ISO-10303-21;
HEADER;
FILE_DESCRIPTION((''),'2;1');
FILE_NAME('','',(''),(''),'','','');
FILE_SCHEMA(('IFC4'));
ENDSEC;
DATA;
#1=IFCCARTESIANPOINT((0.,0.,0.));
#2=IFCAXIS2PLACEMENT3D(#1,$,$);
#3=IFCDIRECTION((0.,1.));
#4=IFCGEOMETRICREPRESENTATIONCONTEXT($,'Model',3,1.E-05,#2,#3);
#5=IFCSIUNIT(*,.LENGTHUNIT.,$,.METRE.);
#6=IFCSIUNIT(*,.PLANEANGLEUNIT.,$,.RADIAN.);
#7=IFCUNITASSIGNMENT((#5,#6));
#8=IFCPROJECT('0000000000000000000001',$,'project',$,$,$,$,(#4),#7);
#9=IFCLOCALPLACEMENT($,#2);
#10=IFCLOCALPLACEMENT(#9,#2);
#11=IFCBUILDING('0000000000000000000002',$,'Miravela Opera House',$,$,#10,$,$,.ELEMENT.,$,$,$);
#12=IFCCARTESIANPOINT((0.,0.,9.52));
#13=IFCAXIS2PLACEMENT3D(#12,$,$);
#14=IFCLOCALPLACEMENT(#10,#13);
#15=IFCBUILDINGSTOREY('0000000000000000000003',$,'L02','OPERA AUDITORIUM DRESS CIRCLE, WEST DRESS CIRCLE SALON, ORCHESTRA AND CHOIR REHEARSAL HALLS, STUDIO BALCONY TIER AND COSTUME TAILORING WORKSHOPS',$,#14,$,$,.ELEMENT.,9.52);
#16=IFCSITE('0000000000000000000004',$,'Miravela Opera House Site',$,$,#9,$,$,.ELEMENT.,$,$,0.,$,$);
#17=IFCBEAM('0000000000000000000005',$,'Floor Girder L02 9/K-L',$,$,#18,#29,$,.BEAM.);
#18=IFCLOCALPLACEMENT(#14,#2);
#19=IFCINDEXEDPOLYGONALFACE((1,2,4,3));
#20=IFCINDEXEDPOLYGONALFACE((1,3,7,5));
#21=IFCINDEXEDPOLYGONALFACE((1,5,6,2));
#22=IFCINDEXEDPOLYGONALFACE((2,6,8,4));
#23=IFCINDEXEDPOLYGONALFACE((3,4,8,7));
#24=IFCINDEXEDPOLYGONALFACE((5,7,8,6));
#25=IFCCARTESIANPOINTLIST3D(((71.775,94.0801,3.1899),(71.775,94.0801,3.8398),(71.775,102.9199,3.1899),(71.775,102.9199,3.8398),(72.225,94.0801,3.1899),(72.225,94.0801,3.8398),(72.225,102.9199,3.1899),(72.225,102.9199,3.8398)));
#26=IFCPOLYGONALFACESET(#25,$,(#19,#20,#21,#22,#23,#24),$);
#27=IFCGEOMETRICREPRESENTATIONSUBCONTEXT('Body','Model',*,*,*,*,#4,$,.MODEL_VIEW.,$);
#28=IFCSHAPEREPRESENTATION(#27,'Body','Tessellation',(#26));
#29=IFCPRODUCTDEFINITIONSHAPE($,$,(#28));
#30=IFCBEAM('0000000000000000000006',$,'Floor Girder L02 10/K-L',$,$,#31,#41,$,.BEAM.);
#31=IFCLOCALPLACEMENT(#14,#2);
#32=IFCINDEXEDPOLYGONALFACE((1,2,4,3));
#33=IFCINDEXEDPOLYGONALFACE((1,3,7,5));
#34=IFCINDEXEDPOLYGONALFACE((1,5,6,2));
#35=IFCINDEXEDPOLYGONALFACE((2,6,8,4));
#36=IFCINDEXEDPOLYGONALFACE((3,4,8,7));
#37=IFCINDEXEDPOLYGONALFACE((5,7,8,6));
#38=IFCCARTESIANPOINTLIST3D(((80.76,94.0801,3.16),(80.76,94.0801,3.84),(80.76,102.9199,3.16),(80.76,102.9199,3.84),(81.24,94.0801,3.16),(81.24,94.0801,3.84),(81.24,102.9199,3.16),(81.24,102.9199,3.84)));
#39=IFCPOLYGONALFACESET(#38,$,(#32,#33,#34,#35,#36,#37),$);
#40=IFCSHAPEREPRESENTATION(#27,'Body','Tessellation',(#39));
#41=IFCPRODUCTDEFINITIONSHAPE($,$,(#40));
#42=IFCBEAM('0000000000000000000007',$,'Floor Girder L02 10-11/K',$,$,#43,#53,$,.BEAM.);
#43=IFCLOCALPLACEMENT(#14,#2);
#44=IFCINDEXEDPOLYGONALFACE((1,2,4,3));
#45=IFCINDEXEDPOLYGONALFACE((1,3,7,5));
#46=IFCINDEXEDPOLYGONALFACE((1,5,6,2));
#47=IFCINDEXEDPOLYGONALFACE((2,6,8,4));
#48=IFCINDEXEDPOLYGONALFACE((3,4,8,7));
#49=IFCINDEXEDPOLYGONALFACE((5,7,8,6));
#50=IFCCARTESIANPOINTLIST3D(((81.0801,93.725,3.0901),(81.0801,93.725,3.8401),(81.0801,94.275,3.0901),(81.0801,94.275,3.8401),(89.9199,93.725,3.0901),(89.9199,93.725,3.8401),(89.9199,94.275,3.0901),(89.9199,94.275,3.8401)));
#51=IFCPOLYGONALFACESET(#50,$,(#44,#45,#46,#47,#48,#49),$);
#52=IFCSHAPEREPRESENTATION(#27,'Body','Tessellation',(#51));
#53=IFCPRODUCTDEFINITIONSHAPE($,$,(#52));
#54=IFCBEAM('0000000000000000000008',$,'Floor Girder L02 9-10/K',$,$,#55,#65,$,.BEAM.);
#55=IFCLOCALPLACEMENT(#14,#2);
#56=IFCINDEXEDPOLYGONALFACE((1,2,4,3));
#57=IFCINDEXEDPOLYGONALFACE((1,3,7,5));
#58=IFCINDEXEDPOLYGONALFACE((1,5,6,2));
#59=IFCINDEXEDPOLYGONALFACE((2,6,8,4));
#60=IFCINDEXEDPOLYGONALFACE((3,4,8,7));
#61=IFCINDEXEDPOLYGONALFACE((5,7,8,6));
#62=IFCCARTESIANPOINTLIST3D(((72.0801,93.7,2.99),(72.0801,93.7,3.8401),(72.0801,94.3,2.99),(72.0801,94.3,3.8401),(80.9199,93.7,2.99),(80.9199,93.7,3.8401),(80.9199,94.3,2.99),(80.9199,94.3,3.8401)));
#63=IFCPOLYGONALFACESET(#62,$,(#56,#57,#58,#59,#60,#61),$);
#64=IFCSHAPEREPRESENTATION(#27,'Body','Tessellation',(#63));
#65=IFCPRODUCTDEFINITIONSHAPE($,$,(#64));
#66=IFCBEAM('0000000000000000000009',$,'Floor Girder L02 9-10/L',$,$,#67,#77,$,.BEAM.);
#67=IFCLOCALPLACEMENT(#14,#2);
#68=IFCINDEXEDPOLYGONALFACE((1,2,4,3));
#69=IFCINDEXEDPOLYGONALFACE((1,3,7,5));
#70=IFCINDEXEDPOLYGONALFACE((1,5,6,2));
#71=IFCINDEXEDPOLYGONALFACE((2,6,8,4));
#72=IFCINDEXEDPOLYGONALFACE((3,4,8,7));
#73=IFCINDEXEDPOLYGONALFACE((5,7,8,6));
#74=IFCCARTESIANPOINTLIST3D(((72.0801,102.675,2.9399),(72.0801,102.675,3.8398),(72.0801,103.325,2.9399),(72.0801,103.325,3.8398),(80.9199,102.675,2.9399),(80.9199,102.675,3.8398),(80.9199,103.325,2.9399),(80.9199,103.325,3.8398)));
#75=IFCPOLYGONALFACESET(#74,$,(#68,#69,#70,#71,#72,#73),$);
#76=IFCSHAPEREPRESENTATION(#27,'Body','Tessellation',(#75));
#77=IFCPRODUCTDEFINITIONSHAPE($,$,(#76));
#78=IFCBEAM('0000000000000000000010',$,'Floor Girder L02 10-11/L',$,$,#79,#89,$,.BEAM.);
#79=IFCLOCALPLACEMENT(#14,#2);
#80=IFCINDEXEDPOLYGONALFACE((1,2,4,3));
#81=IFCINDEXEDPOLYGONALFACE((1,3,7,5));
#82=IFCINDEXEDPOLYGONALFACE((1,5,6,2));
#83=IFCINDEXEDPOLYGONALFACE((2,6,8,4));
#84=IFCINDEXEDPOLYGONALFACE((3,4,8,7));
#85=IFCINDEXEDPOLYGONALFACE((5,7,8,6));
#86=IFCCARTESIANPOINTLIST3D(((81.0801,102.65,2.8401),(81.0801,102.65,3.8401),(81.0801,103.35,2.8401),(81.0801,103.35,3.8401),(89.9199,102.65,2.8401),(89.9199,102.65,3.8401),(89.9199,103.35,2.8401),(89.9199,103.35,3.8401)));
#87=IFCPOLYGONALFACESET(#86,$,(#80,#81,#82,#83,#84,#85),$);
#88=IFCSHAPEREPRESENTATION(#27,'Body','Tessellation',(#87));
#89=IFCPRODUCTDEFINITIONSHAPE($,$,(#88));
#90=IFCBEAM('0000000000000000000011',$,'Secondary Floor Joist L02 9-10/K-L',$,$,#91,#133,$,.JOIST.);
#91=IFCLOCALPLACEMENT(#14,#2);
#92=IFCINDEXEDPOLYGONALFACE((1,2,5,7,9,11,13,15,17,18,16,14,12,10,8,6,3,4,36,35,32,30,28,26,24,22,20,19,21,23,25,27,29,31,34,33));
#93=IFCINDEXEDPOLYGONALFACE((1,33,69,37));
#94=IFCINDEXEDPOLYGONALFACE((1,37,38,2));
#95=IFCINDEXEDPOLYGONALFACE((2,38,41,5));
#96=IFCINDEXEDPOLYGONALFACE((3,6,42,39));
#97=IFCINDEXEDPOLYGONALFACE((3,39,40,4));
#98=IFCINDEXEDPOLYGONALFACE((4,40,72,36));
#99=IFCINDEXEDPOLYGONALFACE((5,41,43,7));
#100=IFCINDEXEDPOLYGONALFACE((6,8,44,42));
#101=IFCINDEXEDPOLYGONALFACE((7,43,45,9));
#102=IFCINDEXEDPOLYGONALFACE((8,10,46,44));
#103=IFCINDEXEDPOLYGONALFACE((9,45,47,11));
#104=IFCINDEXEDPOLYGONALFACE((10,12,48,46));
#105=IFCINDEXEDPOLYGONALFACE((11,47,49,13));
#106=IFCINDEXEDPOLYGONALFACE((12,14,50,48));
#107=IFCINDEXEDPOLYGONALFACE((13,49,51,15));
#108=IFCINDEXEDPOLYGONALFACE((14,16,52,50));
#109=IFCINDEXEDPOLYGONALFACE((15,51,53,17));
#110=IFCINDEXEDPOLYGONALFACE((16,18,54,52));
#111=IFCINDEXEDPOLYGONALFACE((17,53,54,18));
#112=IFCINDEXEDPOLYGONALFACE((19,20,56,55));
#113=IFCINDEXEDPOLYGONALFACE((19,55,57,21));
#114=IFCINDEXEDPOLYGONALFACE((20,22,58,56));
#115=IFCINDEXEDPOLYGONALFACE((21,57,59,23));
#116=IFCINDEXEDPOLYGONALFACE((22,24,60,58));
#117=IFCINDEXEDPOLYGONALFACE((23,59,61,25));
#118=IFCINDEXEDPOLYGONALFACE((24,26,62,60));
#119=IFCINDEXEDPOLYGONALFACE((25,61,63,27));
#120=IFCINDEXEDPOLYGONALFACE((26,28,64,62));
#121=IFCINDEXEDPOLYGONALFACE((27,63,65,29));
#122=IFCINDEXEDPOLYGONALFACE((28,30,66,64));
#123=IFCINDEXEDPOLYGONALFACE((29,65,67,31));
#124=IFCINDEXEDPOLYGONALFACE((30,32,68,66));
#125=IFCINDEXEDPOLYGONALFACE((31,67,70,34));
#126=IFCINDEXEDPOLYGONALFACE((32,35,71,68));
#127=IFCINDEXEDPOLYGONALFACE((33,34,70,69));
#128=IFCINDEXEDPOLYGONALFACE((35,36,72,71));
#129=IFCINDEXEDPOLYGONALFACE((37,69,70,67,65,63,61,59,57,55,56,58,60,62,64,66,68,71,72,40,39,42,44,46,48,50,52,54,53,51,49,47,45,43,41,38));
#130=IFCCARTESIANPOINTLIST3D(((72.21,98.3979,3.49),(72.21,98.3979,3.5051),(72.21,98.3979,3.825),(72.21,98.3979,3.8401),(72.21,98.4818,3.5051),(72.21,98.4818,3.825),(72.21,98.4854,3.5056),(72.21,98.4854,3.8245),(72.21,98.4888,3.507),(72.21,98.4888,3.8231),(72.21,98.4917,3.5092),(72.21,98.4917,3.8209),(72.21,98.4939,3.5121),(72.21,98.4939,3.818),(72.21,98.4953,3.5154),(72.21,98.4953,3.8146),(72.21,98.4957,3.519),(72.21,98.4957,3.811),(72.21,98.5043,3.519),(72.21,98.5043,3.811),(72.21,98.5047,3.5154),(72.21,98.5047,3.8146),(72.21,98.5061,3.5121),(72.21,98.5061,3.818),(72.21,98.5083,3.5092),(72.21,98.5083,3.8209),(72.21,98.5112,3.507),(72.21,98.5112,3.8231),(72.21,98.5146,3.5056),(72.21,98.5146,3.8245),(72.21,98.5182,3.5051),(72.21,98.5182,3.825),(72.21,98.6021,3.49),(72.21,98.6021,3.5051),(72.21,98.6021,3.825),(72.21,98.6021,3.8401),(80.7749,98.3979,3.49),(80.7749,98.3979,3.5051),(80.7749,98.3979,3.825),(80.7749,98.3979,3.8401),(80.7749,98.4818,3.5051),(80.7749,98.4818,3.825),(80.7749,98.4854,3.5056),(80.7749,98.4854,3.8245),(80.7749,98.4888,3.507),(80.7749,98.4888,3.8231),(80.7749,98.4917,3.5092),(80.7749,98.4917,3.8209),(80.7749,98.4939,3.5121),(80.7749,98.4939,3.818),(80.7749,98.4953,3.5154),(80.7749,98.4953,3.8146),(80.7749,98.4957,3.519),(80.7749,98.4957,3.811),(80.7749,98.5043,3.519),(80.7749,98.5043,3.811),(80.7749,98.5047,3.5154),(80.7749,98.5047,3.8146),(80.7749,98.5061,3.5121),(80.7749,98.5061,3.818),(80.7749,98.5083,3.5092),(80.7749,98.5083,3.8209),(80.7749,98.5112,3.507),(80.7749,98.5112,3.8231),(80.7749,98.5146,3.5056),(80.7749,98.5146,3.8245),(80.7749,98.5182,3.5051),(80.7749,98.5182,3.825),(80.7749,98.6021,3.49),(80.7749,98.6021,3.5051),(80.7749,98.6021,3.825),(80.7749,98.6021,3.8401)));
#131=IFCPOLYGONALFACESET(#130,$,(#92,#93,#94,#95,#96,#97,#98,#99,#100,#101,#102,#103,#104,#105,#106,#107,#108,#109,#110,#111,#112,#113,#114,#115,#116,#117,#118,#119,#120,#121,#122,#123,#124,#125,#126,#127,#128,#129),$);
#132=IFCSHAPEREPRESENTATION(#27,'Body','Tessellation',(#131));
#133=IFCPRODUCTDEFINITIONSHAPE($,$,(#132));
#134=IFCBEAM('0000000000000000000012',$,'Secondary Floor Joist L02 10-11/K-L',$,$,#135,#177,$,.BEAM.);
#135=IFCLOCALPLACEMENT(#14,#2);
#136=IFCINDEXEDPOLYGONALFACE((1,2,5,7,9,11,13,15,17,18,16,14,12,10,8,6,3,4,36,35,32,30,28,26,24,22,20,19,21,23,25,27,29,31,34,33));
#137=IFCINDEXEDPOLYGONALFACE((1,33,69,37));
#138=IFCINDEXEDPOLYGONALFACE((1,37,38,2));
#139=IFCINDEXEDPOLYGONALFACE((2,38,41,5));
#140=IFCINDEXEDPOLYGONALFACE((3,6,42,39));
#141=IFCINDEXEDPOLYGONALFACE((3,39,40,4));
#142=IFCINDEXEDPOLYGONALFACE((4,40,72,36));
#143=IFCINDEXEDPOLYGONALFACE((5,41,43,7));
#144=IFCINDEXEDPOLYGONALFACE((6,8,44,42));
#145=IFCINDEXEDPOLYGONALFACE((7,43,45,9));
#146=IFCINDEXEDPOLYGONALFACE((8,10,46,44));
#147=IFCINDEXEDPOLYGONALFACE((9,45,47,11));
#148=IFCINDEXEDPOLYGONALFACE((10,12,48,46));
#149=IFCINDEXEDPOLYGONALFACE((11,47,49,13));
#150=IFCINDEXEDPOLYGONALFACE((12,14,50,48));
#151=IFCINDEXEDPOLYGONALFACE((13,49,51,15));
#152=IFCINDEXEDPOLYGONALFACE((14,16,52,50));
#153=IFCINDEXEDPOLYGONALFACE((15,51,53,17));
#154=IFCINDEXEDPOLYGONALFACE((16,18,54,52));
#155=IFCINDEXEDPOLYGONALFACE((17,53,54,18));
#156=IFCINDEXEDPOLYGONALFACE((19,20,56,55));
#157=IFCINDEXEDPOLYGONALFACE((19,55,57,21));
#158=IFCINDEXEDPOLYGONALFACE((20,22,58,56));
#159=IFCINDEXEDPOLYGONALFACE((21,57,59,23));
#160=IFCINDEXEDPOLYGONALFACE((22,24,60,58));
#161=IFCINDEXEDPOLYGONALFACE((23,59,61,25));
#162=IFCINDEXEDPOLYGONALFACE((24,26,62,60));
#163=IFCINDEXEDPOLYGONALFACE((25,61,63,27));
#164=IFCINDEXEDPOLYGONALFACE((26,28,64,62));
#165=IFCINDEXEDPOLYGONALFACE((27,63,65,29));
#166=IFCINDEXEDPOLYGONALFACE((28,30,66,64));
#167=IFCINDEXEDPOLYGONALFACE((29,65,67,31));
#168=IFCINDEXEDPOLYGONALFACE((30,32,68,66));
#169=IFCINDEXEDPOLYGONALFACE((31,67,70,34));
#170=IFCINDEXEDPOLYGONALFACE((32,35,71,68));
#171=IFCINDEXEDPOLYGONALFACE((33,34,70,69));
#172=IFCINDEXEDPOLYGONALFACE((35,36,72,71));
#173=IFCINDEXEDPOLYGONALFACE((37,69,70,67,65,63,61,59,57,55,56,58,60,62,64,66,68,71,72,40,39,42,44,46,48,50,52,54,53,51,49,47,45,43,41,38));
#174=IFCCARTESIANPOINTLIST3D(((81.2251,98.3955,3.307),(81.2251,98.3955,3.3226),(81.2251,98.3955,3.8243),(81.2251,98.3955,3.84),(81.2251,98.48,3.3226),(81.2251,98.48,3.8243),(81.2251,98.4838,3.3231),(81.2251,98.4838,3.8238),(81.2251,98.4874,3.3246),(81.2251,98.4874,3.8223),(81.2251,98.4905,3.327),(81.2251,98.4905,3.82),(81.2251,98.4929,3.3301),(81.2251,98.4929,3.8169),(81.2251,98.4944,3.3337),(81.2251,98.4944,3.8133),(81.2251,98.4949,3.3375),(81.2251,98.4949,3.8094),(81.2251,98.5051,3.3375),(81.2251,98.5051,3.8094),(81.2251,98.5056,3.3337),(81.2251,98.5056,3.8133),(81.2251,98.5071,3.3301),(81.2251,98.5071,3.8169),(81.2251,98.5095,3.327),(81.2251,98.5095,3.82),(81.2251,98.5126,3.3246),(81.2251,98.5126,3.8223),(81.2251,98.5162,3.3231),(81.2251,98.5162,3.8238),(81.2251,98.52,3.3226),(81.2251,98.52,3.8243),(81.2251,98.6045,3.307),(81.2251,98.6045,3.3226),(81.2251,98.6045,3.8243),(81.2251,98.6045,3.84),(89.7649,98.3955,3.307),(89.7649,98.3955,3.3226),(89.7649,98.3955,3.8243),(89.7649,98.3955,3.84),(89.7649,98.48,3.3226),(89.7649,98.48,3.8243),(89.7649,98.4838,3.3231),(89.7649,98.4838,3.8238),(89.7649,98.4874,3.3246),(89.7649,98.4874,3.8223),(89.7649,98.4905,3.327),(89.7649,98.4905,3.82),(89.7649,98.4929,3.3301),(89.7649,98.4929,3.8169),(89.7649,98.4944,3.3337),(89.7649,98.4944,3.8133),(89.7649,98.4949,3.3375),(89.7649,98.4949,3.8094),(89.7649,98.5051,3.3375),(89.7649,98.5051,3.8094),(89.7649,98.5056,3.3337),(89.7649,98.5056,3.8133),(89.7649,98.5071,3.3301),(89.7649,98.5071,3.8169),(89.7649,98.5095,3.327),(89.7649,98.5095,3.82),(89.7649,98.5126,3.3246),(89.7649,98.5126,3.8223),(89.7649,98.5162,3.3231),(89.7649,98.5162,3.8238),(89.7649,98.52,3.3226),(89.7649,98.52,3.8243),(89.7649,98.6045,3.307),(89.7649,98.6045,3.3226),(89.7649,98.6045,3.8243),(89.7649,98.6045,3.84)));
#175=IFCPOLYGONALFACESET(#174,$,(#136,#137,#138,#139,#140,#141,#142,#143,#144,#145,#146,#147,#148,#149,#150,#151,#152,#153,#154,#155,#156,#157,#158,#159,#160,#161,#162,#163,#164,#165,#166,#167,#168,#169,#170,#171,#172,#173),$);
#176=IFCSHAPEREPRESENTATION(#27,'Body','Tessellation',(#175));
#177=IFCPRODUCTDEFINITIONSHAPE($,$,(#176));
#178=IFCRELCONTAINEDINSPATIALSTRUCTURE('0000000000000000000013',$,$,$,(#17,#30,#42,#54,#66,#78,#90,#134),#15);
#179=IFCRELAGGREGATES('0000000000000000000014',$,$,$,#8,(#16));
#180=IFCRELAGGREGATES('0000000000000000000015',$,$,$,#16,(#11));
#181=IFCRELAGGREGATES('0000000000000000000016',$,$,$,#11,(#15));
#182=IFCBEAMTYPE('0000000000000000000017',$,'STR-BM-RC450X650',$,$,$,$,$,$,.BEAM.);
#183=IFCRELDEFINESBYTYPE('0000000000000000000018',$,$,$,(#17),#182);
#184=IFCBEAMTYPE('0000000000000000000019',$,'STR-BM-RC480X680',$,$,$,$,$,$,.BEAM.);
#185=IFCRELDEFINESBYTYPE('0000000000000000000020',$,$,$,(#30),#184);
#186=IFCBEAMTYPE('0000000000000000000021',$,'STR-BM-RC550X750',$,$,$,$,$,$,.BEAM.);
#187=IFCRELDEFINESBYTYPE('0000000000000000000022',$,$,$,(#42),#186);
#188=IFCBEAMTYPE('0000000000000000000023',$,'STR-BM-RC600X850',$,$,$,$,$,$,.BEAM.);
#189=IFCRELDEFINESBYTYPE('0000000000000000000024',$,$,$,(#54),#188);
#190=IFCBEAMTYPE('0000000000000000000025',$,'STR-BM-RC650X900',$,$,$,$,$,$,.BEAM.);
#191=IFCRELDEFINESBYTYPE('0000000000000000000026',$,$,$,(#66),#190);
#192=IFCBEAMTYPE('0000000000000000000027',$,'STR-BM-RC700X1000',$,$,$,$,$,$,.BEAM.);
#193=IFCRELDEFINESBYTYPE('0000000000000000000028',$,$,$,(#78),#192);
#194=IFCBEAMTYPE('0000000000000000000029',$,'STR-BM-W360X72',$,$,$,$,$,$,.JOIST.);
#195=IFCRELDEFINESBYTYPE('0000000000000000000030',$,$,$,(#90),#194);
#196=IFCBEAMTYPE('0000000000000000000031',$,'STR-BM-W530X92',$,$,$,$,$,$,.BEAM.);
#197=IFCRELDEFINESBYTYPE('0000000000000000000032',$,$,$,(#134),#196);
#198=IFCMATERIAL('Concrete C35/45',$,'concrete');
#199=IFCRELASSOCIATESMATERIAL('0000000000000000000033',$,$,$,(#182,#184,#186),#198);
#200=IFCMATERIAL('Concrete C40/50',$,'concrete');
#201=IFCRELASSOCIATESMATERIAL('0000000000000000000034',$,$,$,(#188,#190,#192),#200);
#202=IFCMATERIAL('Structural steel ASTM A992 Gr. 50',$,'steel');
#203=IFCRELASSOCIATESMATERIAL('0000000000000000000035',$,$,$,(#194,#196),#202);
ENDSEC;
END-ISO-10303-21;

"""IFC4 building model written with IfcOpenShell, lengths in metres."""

from ifc_helpers import new_model, si_unit, direction, frame, origin, origin_2d, place, context, subcontext, project, spatial, rectangle, i_section, extrude, material, material_profile, profile_set, type_object, element, save


model = new_model("IFC4")

# Units and contexts
model_context = context("Model", 3, precision=1e-05, world=origin(), true_north=direction((0.0, 1.0)))
body_context = subcontext(model_context, "Body", "Model", "MODEL_VIEW")
ifc_project = project(units=[si_unit("LENGTHUNIT", "METRE"), si_unit("PLANEANGLEUNIT", "RADIAN")], contexts=[model_context])

# Site, building, storey
site_placement = place(None, origin())
site = spatial("IfcSite", under=ifc_project, at=site_placement, Name="Miravela Opera House Site", CompositionType="ELEMENT", RefElevation=0.0)
building_placement = place(site_placement, origin())
building = spatial("IfcBuilding", under=site, at=building_placement, Name="Miravela Opera House", CompositionType="ELEMENT")
storey_placement = place(building_placement, frame((0.0, 0.0, 9.52)))
storey = spatial("IfcBuildingStorey", under=building, at=storey_placement, Name="L02", Description="OPERA AUDITORIUM DRESS CIRCLE, WEST DRESS CIRCLE SALON, ORCHESTRA AND CHOIR REHEARSAL HALLS, STUDIO BALCONY TIER AND COSTUME TAILORING WORKSHOPS", CompositionType="ELEMENT", Elevation=9.52)

# Shared definitions
ifc_material_1 = material(Name="Concrete C35/45", Category="concrete")

# Beams
ifc_material_profile_1 = material_profile(ifc_material_1, rectangle(XDim=0.45, YDim=0.6499, at=origin_2d()), Name="RC-BM-450X650")
ifc_profile_set_1 = profile_set([ifc_material_profile_1])
beam_type_1 = type_object("IfcBeamType", Name="STR-BM-RC450X650", PredefinedType="BEAM", material=ifc_profile_set_1)
beam_1_placement = place(storey_placement, frame((72.0, 94.0801, 3.5149), z_axis=(0.0, 1.0, 0.0), x_axis=(-1.0, 0.0, 0.0)))
element("IfcBeam", 1, at=beam_1_placement, inside=storey, type_object=beam_type_1, Name="Floor Girder L02 9/K-L", PredefinedType="BEAM", context=body_context, shape_type="SweptSolid", body=[
    extrude(rectangle(XDim=0.45, YDim=0.6499, at=origin_2d()), origin(), (0.0, 0.0, 1.0), 8.8398),
])
ifc_material_profile_2 = material_profile(ifc_material_1, rectangle(XDim=0.48, YDim=0.6799, at=origin_2d()), Name="RC-BM-480X680")
ifc_profile_set_2 = profile_set([ifc_material_profile_2])
beam_type_2 = type_object("IfcBeamType", Name="STR-BM-RC480X680", PredefinedType="BEAM", material=ifc_profile_set_2)
beam_2_placement = place(storey_placement, frame((81.0, 94.0801, 3.5), z_axis=(0.0, 1.0, 0.0), x_axis=(-1.0, 0.0, 0.0)))
element("IfcBeam", 2, at=beam_2_placement, inside=storey, type_object=beam_type_2, Name="Floor Girder L02 10/K-L", PredefinedType="BEAM", context=body_context, shape_type="SweptSolid", body=[
    extrude(rectangle(XDim=0.48, YDim=0.6799, at=origin_2d()), origin(), (0.0, 0.0, 1.0), 8.8398),
])
ifc_material_profile_3 = material_profile(ifc_material_1, rectangle(XDim=0.55, YDim=0.75, at=origin_2d()), Name="RC-BM-550X750")
ifc_profile_set_3 = profile_set([ifc_material_profile_3])
beam_type_3 = type_object("IfcBeamType", Name="STR-BM-RC550X750", PredefinedType="BEAM", material=ifc_profile_set_3)
beam_3_placement = place(storey_placement, frame((81.0801, 94.0, 3.4651), z_axis=(1.0, 0.0, 0.0), x_axis=(0.0, 1.0, 0.0)))
element("IfcBeam", 3, at=beam_3_placement, inside=storey, type_object=beam_type_3, Name="Floor Girder L02 10-11/K", PredefinedType="BEAM", context=body_context, shape_type="SweptSolid", body=[
    extrude(rectangle(XDim=0.55, YDim=0.75, at=origin_2d()), origin(), (0.0, 0.0, 1.0), 8.8398),
])
ifc_material_2 = material(Name="Concrete C40/50", Category="concrete")
ifc_material_profile_4 = material_profile(ifc_material_2, rectangle(XDim=0.6001, YDim=0.8501, at=origin_2d()), Name="RC-BM-600X850")
ifc_profile_set_4 = profile_set([ifc_material_profile_4])
beam_type_4 = type_object("IfcBeamType", Name="STR-BM-RC600X850", PredefinedType="BEAM", material=ifc_profile_set_4)
beam_4_placement = place(storey_placement, frame((72.0801, 94.0, 3.415), z_axis=(1.0, 0.0, 0.0), x_axis=(0.0, 1.0, 0.0)))
element("IfcBeam", 4, at=beam_4_placement, inside=storey, type_object=beam_type_4, Name="Floor Girder L02 9-10/K", PredefinedType="BEAM", context=body_context, shape_type="SweptSolid", body=[
    extrude(rectangle(XDim=0.6001, YDim=0.8501, at=origin_2d()), origin(), (0.0, 0.0, 1.0), 8.8398),
])
ifc_material_profile_5 = material_profile(ifc_material_2, rectangle(XDim=0.6499, YDim=0.8999, at=origin_2d()), Name="RC-BM-650X900")
ifc_profile_set_5 = profile_set([ifc_material_profile_5])
beam_type_5 = type_object("IfcBeamType", Name="STR-BM-RC650X900", PredefinedType="BEAM", material=ifc_profile_set_5)
beam_5_placement = place(storey_placement, frame((72.0801, 103.0, 3.3899), z_axis=(1.0, 0.0, 0.0), x_axis=(0.0, 1.0, 0.0)))
element("IfcBeam", 5, at=beam_5_placement, inside=storey, type_object=beam_type_5, Name="Floor Girder L02 9-10/L", PredefinedType="BEAM", context=body_context, shape_type="SweptSolid", body=[
    extrude(rectangle(XDim=0.6499, YDim=0.8999, at=origin_2d()), origin(), (0.0, 0.0, 1.0), 8.8398),
])
ifc_material_profile_6 = material_profile(ifc_material_2, rectangle(XDim=0.7, YDim=1.0, at=origin_2d()), Name="RC-BM-700X1000")
ifc_profile_set_6 = profile_set([ifc_material_profile_6])
beam_type_6 = type_object("IfcBeamType", Name="STR-BM-RC700X1000", PredefinedType="BEAM", material=ifc_profile_set_6)
beam_6_placement = place(storey_placement, frame((81.0801, 103.0, 3.3401), z_axis=(1.0, 0.0, 0.0), x_axis=(0.0, 1.0, 0.0)))
element("IfcBeam", 6, at=beam_6_placement, inside=storey, type_object=beam_type_6, Name="Floor Girder L02 10-11/L", PredefinedType="BEAM", context=body_context, shape_type="SweptSolid", body=[
    extrude(rectangle(XDim=0.7, YDim=1.0, at=origin_2d()), origin(), (0.0, 0.0, 1.0), 8.8398),
])
ifc_material_3 = material(Name="Structural steel ASTM A992 Gr. 50", Category="steel")
ifc_material_profile_7 = material_profile(ifc_material_3, i_section(OverallWidth=0.2041, OverallDepth=0.3501, WebThickness=0.0085, FlangeThickness=0.0151, FilletRadius=0.0139, at=origin_2d()), Name="W360X72")
ifc_profile_set_7 = profile_set([ifc_material_profile_7])
beam_type_7 = type_object("IfcBeamType", Name="STR-BM-W360X72", PredefinedType="JOIST", material=ifc_profile_set_7)
beam_7_placement = place(storey_placement, frame((72.21, 98.5, 3.665), z_axis=(1.0, 0.0, 0.0), x_axis=(0.0, 1.0, 0.0)))
element("IfcBeam", 7, at=beam_7_placement, inside=storey, type_object=beam_type_7, Name="Secondary Floor Joist L02 9-10/K-L", PredefinedType="JOIST", context=body_context, shape_type="SweptSolid", body=[
    extrude(i_section(OverallWidth=0.2041, OverallDepth=0.3501, WebThickness=0.0085, FlangeThickness=0.0151, FilletRadius=0.0139, at=origin_2d()), origin(), (0.0, 0.0, 1.0), 8.5649),
])
ifc_material_profile_8 = material_profile(ifc_material_3, i_section(OverallWidth=0.209, OverallDepth=0.533, WebThickness=0.0103, FlangeThickness=0.0156, FilletRadius=0.0149, at=origin_2d()), Name="W530X92")
ifc_profile_set_8 = profile_set([ifc_material_profile_8])
beam_type_8 = type_object("IfcBeamType", Name="STR-BM-W530X92", PredefinedType="BEAM", material=ifc_profile_set_8)
beam_8_placement = place(storey_placement, frame((81.2251, 98.5, 3.5735), z_axis=(1.0, 0.0, 0.0), x_axis=(0.0, 1.0, 0.0)))
element("IfcBeam", 8, at=beam_8_placement, inside=storey, type_object=beam_type_8, Name="Secondary Floor Joist L02 10-11/K-L", PredefinedType="BEAM", context=body_context, shape_type="SweptSolid", body=[
    extrude(i_section(OverallWidth=0.209, OverallDepth=0.533, WebThickness=0.0103, FlangeThickness=0.0156, FilletRadius=0.0149, at=origin_2d()), origin(), (0.0, 0.0, 1.0), 8.5398),
])

save(model, "model.ifc")
